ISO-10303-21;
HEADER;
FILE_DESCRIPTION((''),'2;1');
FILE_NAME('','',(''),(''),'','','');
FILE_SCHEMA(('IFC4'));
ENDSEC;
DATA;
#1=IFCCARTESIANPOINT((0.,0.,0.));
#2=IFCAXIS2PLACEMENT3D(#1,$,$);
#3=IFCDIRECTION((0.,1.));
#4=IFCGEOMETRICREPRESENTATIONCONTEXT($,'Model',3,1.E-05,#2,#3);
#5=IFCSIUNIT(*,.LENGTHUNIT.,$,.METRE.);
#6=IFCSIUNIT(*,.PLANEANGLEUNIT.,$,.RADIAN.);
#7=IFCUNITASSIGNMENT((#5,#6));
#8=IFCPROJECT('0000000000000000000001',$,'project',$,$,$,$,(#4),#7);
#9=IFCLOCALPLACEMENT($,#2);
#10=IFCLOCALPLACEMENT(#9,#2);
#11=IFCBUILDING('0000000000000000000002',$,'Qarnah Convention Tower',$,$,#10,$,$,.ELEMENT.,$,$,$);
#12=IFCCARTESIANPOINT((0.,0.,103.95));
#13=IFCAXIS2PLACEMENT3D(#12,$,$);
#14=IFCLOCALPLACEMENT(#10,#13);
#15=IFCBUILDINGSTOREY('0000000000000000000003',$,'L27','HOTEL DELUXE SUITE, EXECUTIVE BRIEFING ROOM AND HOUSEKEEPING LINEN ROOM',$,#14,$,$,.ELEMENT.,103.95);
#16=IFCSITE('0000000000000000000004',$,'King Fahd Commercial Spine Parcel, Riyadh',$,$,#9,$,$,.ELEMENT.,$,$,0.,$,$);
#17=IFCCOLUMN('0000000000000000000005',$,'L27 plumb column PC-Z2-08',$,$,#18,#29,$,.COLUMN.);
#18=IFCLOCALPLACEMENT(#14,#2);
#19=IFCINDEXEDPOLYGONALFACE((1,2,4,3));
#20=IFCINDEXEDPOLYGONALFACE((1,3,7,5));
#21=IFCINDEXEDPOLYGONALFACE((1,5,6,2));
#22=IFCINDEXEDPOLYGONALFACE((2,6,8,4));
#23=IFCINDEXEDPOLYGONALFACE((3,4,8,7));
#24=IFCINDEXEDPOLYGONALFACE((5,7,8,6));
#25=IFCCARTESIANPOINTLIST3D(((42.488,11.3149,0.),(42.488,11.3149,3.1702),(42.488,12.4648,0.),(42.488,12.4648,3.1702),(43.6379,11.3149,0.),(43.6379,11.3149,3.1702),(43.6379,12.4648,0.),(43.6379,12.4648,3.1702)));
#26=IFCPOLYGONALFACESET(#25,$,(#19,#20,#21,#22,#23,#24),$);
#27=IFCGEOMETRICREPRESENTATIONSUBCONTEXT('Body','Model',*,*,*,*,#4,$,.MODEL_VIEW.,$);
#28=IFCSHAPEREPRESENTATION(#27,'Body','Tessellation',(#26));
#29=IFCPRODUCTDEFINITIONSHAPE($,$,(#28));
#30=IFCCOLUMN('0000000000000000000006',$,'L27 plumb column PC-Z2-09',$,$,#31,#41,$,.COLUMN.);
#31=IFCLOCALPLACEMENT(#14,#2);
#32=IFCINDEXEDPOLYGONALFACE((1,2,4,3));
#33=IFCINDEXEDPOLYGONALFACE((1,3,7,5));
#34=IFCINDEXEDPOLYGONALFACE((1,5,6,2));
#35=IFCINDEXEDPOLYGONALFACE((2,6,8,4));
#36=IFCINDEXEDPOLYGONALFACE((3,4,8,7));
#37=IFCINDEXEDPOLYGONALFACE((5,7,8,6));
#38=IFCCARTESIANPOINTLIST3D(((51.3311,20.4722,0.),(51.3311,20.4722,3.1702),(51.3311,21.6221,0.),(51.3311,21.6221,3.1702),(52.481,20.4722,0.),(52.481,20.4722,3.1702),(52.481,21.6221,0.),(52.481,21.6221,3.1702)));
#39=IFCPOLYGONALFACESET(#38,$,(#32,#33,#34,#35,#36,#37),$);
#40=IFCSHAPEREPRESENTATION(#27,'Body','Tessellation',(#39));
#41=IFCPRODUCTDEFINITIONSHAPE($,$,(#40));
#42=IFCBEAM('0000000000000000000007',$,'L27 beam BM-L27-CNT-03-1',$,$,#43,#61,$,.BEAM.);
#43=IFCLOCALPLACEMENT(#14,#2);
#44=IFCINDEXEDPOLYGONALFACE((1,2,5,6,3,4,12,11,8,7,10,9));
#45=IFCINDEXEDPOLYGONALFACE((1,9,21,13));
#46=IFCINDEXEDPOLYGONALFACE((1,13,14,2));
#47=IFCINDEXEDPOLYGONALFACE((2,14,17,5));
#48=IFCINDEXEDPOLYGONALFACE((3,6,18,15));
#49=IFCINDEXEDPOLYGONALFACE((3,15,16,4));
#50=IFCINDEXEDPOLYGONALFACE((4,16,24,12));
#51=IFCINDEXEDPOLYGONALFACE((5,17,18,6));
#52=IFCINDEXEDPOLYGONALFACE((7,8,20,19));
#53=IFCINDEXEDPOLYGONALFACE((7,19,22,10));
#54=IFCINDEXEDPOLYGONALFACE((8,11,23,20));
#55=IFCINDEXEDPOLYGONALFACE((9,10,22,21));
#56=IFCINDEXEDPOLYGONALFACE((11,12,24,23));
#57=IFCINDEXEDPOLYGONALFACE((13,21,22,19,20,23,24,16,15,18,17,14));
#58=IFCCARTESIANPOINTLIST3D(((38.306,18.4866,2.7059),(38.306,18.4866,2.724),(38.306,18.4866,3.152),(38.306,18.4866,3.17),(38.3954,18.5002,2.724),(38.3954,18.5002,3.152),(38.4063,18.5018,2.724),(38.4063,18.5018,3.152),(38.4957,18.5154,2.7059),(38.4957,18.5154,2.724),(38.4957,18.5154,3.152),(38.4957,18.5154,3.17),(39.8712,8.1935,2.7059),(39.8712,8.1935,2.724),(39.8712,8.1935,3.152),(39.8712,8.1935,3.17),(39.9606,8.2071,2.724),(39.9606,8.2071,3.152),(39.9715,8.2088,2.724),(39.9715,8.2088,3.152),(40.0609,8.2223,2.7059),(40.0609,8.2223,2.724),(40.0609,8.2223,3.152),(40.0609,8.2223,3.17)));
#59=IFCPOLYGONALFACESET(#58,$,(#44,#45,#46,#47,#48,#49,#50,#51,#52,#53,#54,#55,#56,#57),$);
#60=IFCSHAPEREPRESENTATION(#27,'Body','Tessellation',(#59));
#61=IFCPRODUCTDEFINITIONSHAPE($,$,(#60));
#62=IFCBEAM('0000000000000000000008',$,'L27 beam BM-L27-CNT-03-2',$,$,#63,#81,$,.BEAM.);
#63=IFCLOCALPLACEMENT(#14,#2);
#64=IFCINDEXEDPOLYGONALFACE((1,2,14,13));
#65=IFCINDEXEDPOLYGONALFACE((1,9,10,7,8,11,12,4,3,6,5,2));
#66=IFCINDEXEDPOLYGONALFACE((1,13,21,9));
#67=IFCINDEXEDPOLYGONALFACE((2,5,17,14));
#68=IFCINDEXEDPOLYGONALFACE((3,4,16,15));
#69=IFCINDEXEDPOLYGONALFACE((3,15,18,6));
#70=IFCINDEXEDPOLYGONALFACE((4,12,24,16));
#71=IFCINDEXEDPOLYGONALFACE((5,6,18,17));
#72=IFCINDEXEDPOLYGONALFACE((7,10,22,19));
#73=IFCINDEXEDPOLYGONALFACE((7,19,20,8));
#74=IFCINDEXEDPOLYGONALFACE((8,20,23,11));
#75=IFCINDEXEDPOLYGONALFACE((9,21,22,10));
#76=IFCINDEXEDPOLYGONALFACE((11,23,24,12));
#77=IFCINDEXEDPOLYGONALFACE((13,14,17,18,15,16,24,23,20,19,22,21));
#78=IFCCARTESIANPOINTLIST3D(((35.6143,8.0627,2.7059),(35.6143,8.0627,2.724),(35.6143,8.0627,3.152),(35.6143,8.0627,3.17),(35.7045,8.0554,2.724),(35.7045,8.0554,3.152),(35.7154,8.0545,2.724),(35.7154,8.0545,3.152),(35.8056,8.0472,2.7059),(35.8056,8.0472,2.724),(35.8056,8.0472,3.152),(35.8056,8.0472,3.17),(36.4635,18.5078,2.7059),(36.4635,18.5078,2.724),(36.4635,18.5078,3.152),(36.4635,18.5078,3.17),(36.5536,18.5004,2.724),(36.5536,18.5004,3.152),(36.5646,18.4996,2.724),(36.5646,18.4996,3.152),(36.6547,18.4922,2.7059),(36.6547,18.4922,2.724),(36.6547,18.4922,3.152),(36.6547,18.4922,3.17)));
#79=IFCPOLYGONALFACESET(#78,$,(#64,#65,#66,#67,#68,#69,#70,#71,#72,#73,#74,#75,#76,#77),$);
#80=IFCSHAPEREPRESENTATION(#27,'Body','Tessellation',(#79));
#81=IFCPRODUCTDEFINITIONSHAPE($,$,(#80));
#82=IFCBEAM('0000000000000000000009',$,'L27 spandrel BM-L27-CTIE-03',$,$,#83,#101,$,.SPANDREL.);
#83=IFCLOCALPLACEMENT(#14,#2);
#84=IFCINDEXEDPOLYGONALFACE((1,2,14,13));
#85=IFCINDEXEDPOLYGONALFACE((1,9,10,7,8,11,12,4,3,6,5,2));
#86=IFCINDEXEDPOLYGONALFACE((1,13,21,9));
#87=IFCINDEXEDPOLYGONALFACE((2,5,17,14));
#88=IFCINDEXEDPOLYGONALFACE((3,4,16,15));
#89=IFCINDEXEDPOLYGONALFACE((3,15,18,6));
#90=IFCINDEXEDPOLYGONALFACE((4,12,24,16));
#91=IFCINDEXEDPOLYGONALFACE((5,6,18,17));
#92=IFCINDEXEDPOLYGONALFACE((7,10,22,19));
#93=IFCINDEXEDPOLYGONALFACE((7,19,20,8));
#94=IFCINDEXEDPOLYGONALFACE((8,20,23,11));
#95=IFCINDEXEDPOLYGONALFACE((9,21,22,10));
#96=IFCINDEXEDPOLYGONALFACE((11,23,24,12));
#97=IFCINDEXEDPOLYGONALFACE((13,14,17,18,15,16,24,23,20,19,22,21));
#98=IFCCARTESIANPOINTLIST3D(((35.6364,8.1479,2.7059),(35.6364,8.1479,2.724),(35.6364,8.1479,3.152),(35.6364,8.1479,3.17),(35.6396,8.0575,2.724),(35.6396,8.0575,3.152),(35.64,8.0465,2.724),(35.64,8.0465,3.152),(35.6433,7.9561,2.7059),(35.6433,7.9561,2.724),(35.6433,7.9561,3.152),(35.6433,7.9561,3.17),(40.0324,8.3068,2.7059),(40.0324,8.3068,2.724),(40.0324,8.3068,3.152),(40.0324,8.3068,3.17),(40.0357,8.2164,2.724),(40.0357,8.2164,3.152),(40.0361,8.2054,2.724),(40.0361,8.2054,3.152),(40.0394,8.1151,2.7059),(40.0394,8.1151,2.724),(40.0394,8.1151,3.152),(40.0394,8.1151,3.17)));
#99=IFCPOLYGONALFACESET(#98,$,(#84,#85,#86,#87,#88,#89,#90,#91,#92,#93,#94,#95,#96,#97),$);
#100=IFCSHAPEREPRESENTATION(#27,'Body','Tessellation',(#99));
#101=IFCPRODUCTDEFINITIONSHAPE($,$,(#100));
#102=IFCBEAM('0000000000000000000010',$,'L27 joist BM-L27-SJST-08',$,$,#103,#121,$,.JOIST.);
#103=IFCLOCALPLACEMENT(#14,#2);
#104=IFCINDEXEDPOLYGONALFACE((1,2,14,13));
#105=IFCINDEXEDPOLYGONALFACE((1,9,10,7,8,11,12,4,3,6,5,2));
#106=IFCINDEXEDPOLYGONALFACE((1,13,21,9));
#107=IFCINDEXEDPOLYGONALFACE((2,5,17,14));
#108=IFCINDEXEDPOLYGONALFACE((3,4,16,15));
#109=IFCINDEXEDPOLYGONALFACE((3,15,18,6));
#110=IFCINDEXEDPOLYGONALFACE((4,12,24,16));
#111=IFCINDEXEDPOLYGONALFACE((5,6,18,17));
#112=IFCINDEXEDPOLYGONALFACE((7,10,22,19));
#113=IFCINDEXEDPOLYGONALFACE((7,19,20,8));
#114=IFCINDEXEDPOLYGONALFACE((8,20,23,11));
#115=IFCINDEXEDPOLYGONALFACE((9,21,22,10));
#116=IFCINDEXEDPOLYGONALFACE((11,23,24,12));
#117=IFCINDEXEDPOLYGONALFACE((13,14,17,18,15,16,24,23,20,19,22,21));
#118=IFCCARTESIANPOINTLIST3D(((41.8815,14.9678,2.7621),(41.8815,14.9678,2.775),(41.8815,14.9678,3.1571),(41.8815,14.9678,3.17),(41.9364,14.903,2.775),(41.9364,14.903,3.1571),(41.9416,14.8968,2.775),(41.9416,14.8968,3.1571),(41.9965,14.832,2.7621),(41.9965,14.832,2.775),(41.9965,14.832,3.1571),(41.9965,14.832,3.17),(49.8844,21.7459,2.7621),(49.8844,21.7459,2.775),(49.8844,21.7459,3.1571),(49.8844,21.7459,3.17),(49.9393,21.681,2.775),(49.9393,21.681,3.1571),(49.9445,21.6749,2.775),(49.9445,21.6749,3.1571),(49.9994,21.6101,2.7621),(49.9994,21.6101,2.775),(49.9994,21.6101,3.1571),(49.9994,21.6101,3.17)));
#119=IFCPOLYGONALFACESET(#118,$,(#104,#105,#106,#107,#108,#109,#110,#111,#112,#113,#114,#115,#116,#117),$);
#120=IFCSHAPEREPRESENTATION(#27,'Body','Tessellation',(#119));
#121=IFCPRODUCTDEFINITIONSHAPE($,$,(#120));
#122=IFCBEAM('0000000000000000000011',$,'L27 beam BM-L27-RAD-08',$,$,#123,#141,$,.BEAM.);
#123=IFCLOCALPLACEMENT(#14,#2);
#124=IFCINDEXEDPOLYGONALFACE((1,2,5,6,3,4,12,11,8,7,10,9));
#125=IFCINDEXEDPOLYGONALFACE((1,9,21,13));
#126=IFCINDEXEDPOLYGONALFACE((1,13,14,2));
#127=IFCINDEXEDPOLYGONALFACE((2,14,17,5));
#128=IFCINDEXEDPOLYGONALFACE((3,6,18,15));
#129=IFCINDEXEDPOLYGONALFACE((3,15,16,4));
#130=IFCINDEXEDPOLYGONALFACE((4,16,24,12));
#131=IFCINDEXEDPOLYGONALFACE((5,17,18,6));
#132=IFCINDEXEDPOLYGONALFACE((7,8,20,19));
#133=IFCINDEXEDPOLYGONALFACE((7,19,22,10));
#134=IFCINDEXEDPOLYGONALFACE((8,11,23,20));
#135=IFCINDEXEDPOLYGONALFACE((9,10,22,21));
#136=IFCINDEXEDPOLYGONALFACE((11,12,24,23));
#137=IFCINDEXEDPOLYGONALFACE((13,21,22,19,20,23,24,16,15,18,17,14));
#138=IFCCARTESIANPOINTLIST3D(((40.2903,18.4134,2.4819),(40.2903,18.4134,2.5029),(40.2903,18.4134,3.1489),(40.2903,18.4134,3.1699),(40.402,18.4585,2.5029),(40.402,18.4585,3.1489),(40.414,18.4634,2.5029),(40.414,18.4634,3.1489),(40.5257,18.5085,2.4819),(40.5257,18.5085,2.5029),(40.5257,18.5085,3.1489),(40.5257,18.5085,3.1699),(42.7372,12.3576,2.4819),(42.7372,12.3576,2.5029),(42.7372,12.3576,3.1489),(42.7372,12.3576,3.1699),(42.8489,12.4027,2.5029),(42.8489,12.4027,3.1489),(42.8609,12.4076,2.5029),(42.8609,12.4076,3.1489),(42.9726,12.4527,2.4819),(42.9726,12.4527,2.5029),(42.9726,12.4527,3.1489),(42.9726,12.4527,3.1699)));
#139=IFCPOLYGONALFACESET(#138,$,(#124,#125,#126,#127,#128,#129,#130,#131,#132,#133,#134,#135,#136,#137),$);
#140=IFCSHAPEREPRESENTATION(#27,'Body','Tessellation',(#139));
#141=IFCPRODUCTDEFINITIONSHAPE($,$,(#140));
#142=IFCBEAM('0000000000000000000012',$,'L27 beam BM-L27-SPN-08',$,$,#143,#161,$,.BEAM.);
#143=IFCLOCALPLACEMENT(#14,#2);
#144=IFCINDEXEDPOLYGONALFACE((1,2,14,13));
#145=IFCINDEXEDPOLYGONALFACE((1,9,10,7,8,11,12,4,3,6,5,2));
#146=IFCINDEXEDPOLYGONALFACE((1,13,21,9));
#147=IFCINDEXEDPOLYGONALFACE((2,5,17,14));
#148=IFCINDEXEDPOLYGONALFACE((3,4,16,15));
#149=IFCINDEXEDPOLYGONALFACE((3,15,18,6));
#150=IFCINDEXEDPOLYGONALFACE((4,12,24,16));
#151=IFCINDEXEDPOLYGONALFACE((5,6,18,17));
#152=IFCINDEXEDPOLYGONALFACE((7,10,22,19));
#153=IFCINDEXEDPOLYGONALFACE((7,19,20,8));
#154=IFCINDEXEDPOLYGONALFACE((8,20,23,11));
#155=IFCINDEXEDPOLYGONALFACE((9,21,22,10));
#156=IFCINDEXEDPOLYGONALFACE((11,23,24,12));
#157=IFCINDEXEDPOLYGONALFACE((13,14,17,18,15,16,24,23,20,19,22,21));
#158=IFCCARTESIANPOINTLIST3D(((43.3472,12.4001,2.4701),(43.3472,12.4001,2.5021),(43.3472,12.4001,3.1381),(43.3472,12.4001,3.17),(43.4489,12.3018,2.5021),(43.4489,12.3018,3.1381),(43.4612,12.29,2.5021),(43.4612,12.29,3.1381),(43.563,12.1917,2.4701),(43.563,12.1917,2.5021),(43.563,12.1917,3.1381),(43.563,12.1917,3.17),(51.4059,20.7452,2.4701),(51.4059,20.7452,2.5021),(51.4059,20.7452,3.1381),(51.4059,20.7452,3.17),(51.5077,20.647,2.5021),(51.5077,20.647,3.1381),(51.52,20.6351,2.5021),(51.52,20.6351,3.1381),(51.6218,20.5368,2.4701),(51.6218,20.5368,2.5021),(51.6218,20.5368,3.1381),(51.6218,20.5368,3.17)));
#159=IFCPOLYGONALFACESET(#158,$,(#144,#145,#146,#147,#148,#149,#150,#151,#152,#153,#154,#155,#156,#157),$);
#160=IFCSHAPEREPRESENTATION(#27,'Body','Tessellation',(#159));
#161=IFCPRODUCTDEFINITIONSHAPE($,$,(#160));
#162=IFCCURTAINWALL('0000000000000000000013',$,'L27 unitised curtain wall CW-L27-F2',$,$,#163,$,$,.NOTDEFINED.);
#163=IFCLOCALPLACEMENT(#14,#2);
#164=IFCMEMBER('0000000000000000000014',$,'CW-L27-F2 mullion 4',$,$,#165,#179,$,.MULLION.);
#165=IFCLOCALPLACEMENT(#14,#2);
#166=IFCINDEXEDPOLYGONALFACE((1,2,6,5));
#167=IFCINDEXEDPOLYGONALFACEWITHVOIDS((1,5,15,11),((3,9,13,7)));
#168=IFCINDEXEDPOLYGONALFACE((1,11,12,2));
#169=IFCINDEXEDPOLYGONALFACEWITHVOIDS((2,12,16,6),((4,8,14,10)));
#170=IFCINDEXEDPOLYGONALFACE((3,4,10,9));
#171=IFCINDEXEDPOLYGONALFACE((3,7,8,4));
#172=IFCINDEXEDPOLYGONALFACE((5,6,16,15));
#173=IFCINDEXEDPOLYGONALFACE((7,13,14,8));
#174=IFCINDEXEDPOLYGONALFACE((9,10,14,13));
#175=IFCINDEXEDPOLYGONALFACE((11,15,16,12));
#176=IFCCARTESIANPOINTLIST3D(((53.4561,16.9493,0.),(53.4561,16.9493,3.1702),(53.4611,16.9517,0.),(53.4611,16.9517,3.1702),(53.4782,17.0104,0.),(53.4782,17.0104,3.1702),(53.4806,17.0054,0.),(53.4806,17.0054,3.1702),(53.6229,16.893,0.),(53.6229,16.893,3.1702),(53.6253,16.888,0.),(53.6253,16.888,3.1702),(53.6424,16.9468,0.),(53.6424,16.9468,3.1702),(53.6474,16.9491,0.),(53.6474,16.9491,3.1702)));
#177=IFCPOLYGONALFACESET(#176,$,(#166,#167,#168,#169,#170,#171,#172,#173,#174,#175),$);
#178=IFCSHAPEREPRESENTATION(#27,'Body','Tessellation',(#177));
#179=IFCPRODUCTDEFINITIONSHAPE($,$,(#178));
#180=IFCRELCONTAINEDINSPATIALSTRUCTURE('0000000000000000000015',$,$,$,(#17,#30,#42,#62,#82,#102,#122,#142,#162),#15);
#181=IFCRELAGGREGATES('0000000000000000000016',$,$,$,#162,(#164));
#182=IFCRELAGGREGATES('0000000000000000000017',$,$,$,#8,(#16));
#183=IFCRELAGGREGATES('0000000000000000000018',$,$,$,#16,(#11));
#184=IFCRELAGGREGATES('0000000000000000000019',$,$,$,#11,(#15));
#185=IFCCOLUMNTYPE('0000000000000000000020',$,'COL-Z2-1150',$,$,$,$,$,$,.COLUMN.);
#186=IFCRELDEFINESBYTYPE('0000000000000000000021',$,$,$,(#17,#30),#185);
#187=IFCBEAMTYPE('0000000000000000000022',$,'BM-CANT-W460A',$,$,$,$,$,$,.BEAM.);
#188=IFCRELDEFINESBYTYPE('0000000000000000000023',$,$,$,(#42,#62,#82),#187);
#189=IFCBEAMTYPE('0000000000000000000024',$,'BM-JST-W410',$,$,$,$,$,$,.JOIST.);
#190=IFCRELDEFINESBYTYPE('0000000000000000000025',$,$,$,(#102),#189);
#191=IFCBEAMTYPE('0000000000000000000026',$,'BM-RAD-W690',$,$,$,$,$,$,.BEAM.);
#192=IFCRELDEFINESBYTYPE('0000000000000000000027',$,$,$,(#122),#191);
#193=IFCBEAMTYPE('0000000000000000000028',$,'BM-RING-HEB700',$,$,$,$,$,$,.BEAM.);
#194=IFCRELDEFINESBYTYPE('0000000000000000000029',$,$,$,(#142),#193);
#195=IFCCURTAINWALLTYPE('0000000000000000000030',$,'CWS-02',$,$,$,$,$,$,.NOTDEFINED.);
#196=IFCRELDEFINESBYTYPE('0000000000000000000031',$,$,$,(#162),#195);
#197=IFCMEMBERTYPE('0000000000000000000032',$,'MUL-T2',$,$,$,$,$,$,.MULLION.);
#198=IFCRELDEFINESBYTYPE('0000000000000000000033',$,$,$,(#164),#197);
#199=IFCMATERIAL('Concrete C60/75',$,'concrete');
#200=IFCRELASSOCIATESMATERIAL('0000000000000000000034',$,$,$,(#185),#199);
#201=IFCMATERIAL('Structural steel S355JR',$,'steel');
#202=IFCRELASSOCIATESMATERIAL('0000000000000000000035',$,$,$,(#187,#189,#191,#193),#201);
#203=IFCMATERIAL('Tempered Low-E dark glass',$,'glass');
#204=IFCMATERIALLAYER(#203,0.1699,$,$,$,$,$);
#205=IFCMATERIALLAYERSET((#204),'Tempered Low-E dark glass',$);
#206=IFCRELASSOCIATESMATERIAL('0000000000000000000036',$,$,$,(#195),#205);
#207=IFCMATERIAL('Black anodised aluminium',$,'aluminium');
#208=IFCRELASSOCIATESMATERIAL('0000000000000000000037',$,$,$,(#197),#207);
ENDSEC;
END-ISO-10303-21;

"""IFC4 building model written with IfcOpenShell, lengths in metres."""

from ifc_helpers import new_model, si_unit, direction, frame, origin, origin_2d, place, context, subcontext, project, spatial, rectangle, hollow_rectangle, i_section, extrude, material, layer, layer_set, material_profile, profile_set, type_object, element, aggregate, save


model = new_model("IFC4")

# Units and contexts
model_context = context("Model", 3, precision=1e-05, world=origin(), true_north=direction((0.0, 1.0)))
body_context = subcontext(model_context, "Body", "Model", "MODEL_VIEW")
ifc_project = project(units=[si_unit("LENGTHUNIT", "METRE"), si_unit("PLANEANGLEUNIT", "RADIAN")], contexts=[model_context])

# Site, building, storey
site_placement = place(None, origin())
site = spatial("IfcSite", under=ifc_project, at=site_placement, Name="King Fahd Commercial Spine Parcel, Riyadh", CompositionType="ELEMENT", RefElevation=0.0)
building_placement = place(site_placement, origin())
building = spatial("IfcBuilding", under=site, at=building_placement, Name="Qarnah Convention Tower", CompositionType="ELEMENT")
storey_placement = place(building_placement, frame((0.0, 0.0, 103.95)))
storey = spatial("IfcBuildingStorey", under=building, at=storey_placement, Name="L27", Description="HOTEL DELUXE SUITE, EXECUTIVE BRIEFING ROOM AND HOUSEKEEPING LINEN ROOM", CompositionType="ELEMENT", Elevation=103.95)

# Columns
ifc_material_1 = material(Name="Concrete C60/75", Category="concrete")
ifc_material_profile_1 = material_profile(ifc_material_1, rectangle(XDim=1.1499, YDim=1.1499, at=origin_2d()), Name="RC-COL-1150X1150")
ifc_profile_set_1 = profile_set([ifc_material_profile_1], Name="Concrete C60/75")
column_type = type_object("IfcColumnType", Name="COL-Z2-1150", PredefinedType="COLUMN", material=ifc_profile_set_1)
for number, where, z_axis, x_axis, name in (
    (1, (43.063, 11.8899, 0.0), (0.0, 0.0, 1.0), (1.0, 0.0, 0.0), "L27 plumb column PC-Z2-08"),
    (2, (51.906, 21.0471, 0.0), (0.0, 0.0, 1.0), (1.0, 0.0, 0.0), "L27 plumb column PC-Z2-09"),
):
    element("IfcColumn", number, at=place(storey_placement, frame(where, z_axis=z_axis, x_axis=x_axis)), inside=storey, type_object=column_type, Name=name, PredefinedType="COLUMN", context=body_context, shape_type="SweptSolid", body=[
        extrude(rectangle(XDim=1.1499, YDim=1.1499, at=origin_2d()), origin(), (0.0, 0.0, 1.0), 3.1702),
    ])

# Beams
ifc_material_2 = material(Name="Structural steel S355JR", Category="steel")
ifc_material_profile_2 = material_profile(ifc_material_2, i_section(OverallWidth=0.1919, OverallDepth=0.4641, WebThickness=0.011, FlangeThickness=0.0181, at=origin_2d()), Name="W460X89")
ifc_profile_set_2 = profile_set([ifc_material_profile_2], Name="Structural steel S355JR")
beam_type_1 = type_object("IfcBeamType", Name="BM-CANT-W460A", PredefinedType="BEAM", material=ifc_profile_set_2)
beam_1_placement = place(storey_placement, frame((38.4009, 18.501, 2.938), z_axis=(0.150335, -0.988635, 0.0), x_axis=(0.988635, 0.150335, 0.0)))
element("IfcBeam", 3, at=beam_1_placement, inside=storey, type_object=beam_type_1, Name="L27 beam BM-L27-CNT-03-1", PredefinedType="BEAM", context=body_context, shape_type="SweptSolid", body=[
    extrude(i_section(OverallWidth=0.1919, OverallDepth=0.4641, WebThickness=0.011, FlangeThickness=0.0181, at=origin_2d()), origin(), (0.0, 0.0, 1.0), 10.4114),
])
beam_2_placement = place(storey_placement, frame((36.5591, 18.5, 2.938), z_axis=(-0.081027, -0.996712, 0.0), x_axis=(0.996712, -0.081027, 0.0)))
element("IfcBeam", 4, at=beam_2_placement, inside=storey, type_object=beam_type_1, Name="L27 beam BM-L27-CNT-03-2", PredefinedType="BEAM", context=body_context, shape_type="SweptSolid", body=[
    extrude(i_section(OverallWidth=0.1919, OverallDepth=0.4641, WebThickness=0.011, FlangeThickness=0.0181, at=origin_2d()), origin(), (0.0, 0.0, 1.0), 10.4795),
])
beam_3_placement = place(storey_placement, frame((40.0359, 8.2109, 2.938), z_axis=(-0.999347, -0.036131, 0.0), x_axis=(0.036131, -0.999347, 0.0)))
element("IfcBeam", 5, at=beam_3_placement, inside=storey, type_object=beam_type_1, Name="L27 spandrel BM-L27-CTIE-03", PredefinedType="SPANDREL", context=body_context, shape_type="SweptSolid", body=[
    extrude(i_section(OverallWidth=0.1919, OverallDepth=0.4641, WebThickness=0.011, FlangeThickness=0.0181, at=origin_2d()), origin(), (0.0, 0.0, 1.0), 4.3989),
])
ifc_material_profile_3 = material_profile(ifc_material_2, i_section(OverallWidth=0.178, OverallDepth=0.408, WebThickness=0.0081, FlangeThickness=0.0129, at=origin_2d()), Name="W410X60")
ifc_profile_set_3 = profile_set([ifc_material_profile_3], Name="Structural steel S355JR")
beam_type_2 = type_object("IfcBeamType", Name="BM-JST-W410", PredefinedType="JOIST", material=ifc_profile_set_3)
beam_4_placement = place(storey_placement, frame((41.939, 14.8999, 2.9661), z_axis=(0.763087, 0.646296, 0.0), x_axis=(-0.646296, 0.763087, 0.0)))
element("IfcBeam", 6, at=beam_4_placement, inside=storey, type_object=beam_type_2, Name="L27 joist BM-L27-SJST-08", PredefinedType="JOIST", context=body_context, shape_type="SweptSolid", body=[
    extrude(i_section(OverallWidth=0.178, OverallDepth=0.408, WebThickness=0.0081, FlangeThickness=0.0129, at=origin_2d()), origin(), (0.0, 0.0, 1.0), 10.4875),
])
ifc_material_profile_4 = material_profile(ifc_material_2, i_section(OverallWidth=0.2539, OverallDepth=0.688, WebThickness=0.0129, FlangeThickness=0.021, at=origin_2d()), Name="W690X152")
ifc_profile_set_4 = profile_set([ifc_material_profile_4], Name="Structural steel S355JR")
beam_type_3 = type_object("IfcBeamType", Name="BM-RAD-W690", PredefinedType="BEAM", material=ifc_profile_set_4)
beam_5_placement = place(storey_placement, frame((40.408, 18.4609, 2.8259), z_axis=(0.374643, -0.927169, 0.0), x_axis=(0.927169, 0.374643, 0.0)))
element("IfcBeam", 7, at=beam_5_placement, inside=storey, type_object=beam_type_3, Name="L27 beam BM-L27-RAD-08", PredefinedType="BEAM", context=body_context, shape_type="SweptSolid", body=[
    extrude(i_section(OverallWidth=0.2539, OverallDepth=0.688, WebThickness=0.0129, FlangeThickness=0.021, at=origin_2d()), origin(), (0.0, 0.0, 1.0), 6.5315),
])
ifc_material_profile_5 = material_profile(ifc_material_2, i_section(OverallWidth=0.3, OverallDepth=0.7, WebThickness=0.0171, FlangeThickness=0.032, at=origin_2d()), Name="HEB700")
ifc_profile_set_5 = profile_set([ifc_material_profile_5], Name="Structural steel S355JR")
beam_type_4 = type_object("IfcBeamType", Name="BM-RING-HEB700", PredefinedType="BEAM", material=ifc_profile_set_5)
beam_6_placement = place(storey_placement, frame((43.4551, 12.2959, 2.8201), z_axis=(0.694656, 0.719342, 0.0), x_axis=(-0.719342, 0.694656, 0.0)))
element("IfcBeam", 8, at=beam_6_placement, inside=storey, type_object=beam_type_4, Name="L27 beam BM-L27-SPN-08", PredefinedType="BEAM", context=body_context, shape_type="SweptSolid", body=[
    extrude(i_section(OverallWidth=0.3, OverallDepth=0.7, WebThickness=0.0171, FlangeThickness=0.032, at=origin_2d()), origin(), (0.0, 0.0, 1.0), 11.6011),
])

# Curtain wall, member
ifc_material_3 = material(Name="Tempered Low-E dark glass", Category="glass")
ifc_layer_1 = layer(ifc_material_3, 0.1699)
ifc_layer_set_1 = layer_set([ifc_layer_1], Name="Tempered Low-E dark glass")
curtain_wall_type = type_object("IfcCurtainWallType", Name="CWS-02", PredefinedType="NOTDEFINED", material=ifc_layer_set_1)
curtain_wall_placement = place(storey_placement, origin())
curtain_wall = element("IfcCurtainWall", 9, at=curtain_wall_placement, inside=storey, type_object=curtain_wall_type, Name="L27 unitised curtain wall CW-L27-F2", PredefinedType="NOTDEFINED")
ifc_material_4 = material(Name="Black anodised aluminium", Category="aluminium")
ifc_material_profile_6 = material_profile(ifc_material_4, hollow_rectangle(XDim=0.0649, YDim=0.1799, WallThickness=0.0039, at=origin_2d()), Name="MUL-65X180")
ifc_profile_set_6 = profile_set([ifc_material_profile_6], Name="Black anodised aluminium")
member_type = type_object("IfcMemberType", Name="MUL-T2", PredefinedType="MULLION", material=ifc_profile_set_6)
member_1_placement = place(storey_placement, frame((53.5518, 16.9492, 0.0), z_axis=(0.0, 0.0, 1.0), x_axis=(-0.340708, -0.940169, 0.0)))
member_1 = element("IfcMember", 10, at=member_1_placement, type_object=member_type, Name="CW-L27-F2 mullion 4", PredefinedType="MULLION", context=body_context, shape_type="SweptSolid", body=[
    extrude(hollow_rectangle(XDim=0.0649, YDim=0.1799, WallThickness=0.0039, at=origin_2d()), origin(), (0.0, 0.0, 1.0), 3.1702),
])
aggregate(curtain_wall, [member_1])

save(model, "model.ifc")
